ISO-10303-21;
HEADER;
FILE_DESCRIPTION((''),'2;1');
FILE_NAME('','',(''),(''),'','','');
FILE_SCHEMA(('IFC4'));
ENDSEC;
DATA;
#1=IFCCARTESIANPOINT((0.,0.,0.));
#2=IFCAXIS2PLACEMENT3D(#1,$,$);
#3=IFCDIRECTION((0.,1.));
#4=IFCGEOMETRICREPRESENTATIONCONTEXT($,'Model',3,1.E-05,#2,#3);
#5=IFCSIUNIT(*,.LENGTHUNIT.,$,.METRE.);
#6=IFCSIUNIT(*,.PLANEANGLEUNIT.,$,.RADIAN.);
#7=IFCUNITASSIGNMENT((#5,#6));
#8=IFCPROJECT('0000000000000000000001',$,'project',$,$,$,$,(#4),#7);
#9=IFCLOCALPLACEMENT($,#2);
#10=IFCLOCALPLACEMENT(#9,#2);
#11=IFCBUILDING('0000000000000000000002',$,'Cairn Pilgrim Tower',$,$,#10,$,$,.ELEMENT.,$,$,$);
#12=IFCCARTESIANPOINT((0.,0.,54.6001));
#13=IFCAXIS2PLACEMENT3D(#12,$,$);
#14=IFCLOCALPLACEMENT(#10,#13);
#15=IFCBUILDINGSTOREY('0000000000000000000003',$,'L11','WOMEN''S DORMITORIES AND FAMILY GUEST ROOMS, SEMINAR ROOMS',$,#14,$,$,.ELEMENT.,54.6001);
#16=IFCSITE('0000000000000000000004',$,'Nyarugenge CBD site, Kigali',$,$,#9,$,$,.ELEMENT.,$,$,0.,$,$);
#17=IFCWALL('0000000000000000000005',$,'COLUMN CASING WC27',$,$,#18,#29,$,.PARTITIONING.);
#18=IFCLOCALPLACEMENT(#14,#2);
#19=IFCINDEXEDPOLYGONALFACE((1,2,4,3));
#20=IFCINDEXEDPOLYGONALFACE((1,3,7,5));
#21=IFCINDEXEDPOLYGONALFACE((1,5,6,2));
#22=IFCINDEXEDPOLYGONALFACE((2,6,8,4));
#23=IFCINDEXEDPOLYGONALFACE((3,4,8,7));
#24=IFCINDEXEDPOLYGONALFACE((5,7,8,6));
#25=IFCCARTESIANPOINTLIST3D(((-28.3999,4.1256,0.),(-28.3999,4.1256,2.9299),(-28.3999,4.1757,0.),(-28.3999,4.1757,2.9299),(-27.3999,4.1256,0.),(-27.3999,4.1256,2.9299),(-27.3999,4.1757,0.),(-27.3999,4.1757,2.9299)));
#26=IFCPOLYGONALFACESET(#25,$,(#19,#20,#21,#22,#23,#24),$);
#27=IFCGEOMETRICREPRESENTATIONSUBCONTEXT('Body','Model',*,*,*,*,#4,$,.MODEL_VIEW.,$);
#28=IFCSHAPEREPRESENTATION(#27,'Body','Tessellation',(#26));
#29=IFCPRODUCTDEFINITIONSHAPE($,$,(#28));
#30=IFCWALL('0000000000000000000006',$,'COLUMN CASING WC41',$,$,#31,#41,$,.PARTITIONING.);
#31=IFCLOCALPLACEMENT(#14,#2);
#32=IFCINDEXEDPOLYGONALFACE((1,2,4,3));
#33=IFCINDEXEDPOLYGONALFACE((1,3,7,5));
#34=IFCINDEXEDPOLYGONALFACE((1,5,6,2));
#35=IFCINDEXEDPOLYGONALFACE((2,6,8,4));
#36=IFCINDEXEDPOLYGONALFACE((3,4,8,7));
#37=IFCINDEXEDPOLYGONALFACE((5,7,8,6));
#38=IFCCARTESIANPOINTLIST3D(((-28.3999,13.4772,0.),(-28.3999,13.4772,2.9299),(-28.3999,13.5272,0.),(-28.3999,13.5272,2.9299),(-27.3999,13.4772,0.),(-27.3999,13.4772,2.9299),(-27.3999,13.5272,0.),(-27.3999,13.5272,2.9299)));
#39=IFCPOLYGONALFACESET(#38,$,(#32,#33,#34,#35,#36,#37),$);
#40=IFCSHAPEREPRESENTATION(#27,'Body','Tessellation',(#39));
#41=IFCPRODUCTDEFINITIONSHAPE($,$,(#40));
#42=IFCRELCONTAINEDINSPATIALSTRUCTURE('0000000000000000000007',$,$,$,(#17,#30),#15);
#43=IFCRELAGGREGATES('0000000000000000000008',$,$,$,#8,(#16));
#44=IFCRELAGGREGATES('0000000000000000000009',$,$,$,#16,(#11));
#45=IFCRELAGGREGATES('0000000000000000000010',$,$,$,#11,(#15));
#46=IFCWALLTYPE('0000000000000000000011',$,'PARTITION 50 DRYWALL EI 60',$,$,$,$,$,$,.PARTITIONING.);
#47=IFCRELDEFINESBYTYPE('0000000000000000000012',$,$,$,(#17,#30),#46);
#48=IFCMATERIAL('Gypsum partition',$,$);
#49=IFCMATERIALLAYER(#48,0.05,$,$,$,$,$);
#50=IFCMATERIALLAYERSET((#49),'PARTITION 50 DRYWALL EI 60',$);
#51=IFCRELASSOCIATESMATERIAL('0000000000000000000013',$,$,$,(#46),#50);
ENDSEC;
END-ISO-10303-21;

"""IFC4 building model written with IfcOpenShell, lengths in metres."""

from ifc_helpers import new_model, si_unit, direction, frame, frame_2d, origin, place, context, subcontext, project, spatial, rectangle, extrude, material, layer, layer_set, type_object, element, save


model = new_model("IFC4")

# Units and contexts
model_context = context("Model", 3, precision=1e-05, world=origin(), true_north=direction((0.0, 1.0)))
body_context = subcontext(model_context, "Body", "Model", "MODEL_VIEW")
ifc_project = project(units=[si_unit("LENGTHUNIT", "METRE"), si_unit("PLANEANGLEUNIT", "RADIAN")], contexts=[model_context])

# Site, building, storey
site_placement = place(None, origin())
site = spatial("IfcSite", under=ifc_project, at=site_placement, Name="Nyarugenge CBD site, Kigali", CompositionType="ELEMENT", RefElevation=0.0)
building_placement = place(site_placement, origin())
building = spatial("IfcBuilding", under=site, at=building_placement, Name="Cairn Pilgrim Tower", CompositionType="ELEMENT")
storey_placement = place(building_placement, frame((0.0, 0.0, 54.6001)))
storey = spatial("IfcBuildingStorey", under=building, at=storey_placement, Name="L11", Description="WOMEN'S DORMITORIES AND FAMILY GUEST ROOMS, SEMINAR ROOMS", CompositionType="ELEMENT", Elevation=54.6001)

# Shared definitions
ifc_material_1 = material(Name="Gypsum partition")

# Walls
ifc_layer_1 = layer(ifc_material_1, 0.05)
ifc_layer_set_1 = layer_set([ifc_layer_1], Name="PARTITION 50 DRYWALL EI 60")
wall_type_1 = type_object("IfcWallType", Name="PARTITION 50 DRYWALL EI 60", PredefinedType="PARTITIONING", material=ifc_layer_set_1)
for number, where, z_axis, x_axis, name in (
    (1, (-28.3999, 4.1506, 0.0), (0.0, 0.0, 1.0), (1.0, 0.0, 0.0), "COLUMN CASING WC27"),
    (2, (-28.3999, 13.5022, 0.0), (0.0, 0.0, 1.0), (1.0, 0.0, 0.0), "COLUMN CASING WC41"),
):
    element("IfcWall", number, at=place(storey_placement, frame(where, z_axis=z_axis, x_axis=x_axis)), inside=storey, type_object=wall_type_1, Name=name, PredefinedType="PARTITIONING", context=body_context, shape_type="SweptSolid", body=[
        extrude(rectangle(XDim=1.0, YDim=0.05, at=frame_2d((0.5, 0.0))), origin(), (0.0, 0.0, 1.0), 2.9299),
    ])

save(model, "model.ifc")
